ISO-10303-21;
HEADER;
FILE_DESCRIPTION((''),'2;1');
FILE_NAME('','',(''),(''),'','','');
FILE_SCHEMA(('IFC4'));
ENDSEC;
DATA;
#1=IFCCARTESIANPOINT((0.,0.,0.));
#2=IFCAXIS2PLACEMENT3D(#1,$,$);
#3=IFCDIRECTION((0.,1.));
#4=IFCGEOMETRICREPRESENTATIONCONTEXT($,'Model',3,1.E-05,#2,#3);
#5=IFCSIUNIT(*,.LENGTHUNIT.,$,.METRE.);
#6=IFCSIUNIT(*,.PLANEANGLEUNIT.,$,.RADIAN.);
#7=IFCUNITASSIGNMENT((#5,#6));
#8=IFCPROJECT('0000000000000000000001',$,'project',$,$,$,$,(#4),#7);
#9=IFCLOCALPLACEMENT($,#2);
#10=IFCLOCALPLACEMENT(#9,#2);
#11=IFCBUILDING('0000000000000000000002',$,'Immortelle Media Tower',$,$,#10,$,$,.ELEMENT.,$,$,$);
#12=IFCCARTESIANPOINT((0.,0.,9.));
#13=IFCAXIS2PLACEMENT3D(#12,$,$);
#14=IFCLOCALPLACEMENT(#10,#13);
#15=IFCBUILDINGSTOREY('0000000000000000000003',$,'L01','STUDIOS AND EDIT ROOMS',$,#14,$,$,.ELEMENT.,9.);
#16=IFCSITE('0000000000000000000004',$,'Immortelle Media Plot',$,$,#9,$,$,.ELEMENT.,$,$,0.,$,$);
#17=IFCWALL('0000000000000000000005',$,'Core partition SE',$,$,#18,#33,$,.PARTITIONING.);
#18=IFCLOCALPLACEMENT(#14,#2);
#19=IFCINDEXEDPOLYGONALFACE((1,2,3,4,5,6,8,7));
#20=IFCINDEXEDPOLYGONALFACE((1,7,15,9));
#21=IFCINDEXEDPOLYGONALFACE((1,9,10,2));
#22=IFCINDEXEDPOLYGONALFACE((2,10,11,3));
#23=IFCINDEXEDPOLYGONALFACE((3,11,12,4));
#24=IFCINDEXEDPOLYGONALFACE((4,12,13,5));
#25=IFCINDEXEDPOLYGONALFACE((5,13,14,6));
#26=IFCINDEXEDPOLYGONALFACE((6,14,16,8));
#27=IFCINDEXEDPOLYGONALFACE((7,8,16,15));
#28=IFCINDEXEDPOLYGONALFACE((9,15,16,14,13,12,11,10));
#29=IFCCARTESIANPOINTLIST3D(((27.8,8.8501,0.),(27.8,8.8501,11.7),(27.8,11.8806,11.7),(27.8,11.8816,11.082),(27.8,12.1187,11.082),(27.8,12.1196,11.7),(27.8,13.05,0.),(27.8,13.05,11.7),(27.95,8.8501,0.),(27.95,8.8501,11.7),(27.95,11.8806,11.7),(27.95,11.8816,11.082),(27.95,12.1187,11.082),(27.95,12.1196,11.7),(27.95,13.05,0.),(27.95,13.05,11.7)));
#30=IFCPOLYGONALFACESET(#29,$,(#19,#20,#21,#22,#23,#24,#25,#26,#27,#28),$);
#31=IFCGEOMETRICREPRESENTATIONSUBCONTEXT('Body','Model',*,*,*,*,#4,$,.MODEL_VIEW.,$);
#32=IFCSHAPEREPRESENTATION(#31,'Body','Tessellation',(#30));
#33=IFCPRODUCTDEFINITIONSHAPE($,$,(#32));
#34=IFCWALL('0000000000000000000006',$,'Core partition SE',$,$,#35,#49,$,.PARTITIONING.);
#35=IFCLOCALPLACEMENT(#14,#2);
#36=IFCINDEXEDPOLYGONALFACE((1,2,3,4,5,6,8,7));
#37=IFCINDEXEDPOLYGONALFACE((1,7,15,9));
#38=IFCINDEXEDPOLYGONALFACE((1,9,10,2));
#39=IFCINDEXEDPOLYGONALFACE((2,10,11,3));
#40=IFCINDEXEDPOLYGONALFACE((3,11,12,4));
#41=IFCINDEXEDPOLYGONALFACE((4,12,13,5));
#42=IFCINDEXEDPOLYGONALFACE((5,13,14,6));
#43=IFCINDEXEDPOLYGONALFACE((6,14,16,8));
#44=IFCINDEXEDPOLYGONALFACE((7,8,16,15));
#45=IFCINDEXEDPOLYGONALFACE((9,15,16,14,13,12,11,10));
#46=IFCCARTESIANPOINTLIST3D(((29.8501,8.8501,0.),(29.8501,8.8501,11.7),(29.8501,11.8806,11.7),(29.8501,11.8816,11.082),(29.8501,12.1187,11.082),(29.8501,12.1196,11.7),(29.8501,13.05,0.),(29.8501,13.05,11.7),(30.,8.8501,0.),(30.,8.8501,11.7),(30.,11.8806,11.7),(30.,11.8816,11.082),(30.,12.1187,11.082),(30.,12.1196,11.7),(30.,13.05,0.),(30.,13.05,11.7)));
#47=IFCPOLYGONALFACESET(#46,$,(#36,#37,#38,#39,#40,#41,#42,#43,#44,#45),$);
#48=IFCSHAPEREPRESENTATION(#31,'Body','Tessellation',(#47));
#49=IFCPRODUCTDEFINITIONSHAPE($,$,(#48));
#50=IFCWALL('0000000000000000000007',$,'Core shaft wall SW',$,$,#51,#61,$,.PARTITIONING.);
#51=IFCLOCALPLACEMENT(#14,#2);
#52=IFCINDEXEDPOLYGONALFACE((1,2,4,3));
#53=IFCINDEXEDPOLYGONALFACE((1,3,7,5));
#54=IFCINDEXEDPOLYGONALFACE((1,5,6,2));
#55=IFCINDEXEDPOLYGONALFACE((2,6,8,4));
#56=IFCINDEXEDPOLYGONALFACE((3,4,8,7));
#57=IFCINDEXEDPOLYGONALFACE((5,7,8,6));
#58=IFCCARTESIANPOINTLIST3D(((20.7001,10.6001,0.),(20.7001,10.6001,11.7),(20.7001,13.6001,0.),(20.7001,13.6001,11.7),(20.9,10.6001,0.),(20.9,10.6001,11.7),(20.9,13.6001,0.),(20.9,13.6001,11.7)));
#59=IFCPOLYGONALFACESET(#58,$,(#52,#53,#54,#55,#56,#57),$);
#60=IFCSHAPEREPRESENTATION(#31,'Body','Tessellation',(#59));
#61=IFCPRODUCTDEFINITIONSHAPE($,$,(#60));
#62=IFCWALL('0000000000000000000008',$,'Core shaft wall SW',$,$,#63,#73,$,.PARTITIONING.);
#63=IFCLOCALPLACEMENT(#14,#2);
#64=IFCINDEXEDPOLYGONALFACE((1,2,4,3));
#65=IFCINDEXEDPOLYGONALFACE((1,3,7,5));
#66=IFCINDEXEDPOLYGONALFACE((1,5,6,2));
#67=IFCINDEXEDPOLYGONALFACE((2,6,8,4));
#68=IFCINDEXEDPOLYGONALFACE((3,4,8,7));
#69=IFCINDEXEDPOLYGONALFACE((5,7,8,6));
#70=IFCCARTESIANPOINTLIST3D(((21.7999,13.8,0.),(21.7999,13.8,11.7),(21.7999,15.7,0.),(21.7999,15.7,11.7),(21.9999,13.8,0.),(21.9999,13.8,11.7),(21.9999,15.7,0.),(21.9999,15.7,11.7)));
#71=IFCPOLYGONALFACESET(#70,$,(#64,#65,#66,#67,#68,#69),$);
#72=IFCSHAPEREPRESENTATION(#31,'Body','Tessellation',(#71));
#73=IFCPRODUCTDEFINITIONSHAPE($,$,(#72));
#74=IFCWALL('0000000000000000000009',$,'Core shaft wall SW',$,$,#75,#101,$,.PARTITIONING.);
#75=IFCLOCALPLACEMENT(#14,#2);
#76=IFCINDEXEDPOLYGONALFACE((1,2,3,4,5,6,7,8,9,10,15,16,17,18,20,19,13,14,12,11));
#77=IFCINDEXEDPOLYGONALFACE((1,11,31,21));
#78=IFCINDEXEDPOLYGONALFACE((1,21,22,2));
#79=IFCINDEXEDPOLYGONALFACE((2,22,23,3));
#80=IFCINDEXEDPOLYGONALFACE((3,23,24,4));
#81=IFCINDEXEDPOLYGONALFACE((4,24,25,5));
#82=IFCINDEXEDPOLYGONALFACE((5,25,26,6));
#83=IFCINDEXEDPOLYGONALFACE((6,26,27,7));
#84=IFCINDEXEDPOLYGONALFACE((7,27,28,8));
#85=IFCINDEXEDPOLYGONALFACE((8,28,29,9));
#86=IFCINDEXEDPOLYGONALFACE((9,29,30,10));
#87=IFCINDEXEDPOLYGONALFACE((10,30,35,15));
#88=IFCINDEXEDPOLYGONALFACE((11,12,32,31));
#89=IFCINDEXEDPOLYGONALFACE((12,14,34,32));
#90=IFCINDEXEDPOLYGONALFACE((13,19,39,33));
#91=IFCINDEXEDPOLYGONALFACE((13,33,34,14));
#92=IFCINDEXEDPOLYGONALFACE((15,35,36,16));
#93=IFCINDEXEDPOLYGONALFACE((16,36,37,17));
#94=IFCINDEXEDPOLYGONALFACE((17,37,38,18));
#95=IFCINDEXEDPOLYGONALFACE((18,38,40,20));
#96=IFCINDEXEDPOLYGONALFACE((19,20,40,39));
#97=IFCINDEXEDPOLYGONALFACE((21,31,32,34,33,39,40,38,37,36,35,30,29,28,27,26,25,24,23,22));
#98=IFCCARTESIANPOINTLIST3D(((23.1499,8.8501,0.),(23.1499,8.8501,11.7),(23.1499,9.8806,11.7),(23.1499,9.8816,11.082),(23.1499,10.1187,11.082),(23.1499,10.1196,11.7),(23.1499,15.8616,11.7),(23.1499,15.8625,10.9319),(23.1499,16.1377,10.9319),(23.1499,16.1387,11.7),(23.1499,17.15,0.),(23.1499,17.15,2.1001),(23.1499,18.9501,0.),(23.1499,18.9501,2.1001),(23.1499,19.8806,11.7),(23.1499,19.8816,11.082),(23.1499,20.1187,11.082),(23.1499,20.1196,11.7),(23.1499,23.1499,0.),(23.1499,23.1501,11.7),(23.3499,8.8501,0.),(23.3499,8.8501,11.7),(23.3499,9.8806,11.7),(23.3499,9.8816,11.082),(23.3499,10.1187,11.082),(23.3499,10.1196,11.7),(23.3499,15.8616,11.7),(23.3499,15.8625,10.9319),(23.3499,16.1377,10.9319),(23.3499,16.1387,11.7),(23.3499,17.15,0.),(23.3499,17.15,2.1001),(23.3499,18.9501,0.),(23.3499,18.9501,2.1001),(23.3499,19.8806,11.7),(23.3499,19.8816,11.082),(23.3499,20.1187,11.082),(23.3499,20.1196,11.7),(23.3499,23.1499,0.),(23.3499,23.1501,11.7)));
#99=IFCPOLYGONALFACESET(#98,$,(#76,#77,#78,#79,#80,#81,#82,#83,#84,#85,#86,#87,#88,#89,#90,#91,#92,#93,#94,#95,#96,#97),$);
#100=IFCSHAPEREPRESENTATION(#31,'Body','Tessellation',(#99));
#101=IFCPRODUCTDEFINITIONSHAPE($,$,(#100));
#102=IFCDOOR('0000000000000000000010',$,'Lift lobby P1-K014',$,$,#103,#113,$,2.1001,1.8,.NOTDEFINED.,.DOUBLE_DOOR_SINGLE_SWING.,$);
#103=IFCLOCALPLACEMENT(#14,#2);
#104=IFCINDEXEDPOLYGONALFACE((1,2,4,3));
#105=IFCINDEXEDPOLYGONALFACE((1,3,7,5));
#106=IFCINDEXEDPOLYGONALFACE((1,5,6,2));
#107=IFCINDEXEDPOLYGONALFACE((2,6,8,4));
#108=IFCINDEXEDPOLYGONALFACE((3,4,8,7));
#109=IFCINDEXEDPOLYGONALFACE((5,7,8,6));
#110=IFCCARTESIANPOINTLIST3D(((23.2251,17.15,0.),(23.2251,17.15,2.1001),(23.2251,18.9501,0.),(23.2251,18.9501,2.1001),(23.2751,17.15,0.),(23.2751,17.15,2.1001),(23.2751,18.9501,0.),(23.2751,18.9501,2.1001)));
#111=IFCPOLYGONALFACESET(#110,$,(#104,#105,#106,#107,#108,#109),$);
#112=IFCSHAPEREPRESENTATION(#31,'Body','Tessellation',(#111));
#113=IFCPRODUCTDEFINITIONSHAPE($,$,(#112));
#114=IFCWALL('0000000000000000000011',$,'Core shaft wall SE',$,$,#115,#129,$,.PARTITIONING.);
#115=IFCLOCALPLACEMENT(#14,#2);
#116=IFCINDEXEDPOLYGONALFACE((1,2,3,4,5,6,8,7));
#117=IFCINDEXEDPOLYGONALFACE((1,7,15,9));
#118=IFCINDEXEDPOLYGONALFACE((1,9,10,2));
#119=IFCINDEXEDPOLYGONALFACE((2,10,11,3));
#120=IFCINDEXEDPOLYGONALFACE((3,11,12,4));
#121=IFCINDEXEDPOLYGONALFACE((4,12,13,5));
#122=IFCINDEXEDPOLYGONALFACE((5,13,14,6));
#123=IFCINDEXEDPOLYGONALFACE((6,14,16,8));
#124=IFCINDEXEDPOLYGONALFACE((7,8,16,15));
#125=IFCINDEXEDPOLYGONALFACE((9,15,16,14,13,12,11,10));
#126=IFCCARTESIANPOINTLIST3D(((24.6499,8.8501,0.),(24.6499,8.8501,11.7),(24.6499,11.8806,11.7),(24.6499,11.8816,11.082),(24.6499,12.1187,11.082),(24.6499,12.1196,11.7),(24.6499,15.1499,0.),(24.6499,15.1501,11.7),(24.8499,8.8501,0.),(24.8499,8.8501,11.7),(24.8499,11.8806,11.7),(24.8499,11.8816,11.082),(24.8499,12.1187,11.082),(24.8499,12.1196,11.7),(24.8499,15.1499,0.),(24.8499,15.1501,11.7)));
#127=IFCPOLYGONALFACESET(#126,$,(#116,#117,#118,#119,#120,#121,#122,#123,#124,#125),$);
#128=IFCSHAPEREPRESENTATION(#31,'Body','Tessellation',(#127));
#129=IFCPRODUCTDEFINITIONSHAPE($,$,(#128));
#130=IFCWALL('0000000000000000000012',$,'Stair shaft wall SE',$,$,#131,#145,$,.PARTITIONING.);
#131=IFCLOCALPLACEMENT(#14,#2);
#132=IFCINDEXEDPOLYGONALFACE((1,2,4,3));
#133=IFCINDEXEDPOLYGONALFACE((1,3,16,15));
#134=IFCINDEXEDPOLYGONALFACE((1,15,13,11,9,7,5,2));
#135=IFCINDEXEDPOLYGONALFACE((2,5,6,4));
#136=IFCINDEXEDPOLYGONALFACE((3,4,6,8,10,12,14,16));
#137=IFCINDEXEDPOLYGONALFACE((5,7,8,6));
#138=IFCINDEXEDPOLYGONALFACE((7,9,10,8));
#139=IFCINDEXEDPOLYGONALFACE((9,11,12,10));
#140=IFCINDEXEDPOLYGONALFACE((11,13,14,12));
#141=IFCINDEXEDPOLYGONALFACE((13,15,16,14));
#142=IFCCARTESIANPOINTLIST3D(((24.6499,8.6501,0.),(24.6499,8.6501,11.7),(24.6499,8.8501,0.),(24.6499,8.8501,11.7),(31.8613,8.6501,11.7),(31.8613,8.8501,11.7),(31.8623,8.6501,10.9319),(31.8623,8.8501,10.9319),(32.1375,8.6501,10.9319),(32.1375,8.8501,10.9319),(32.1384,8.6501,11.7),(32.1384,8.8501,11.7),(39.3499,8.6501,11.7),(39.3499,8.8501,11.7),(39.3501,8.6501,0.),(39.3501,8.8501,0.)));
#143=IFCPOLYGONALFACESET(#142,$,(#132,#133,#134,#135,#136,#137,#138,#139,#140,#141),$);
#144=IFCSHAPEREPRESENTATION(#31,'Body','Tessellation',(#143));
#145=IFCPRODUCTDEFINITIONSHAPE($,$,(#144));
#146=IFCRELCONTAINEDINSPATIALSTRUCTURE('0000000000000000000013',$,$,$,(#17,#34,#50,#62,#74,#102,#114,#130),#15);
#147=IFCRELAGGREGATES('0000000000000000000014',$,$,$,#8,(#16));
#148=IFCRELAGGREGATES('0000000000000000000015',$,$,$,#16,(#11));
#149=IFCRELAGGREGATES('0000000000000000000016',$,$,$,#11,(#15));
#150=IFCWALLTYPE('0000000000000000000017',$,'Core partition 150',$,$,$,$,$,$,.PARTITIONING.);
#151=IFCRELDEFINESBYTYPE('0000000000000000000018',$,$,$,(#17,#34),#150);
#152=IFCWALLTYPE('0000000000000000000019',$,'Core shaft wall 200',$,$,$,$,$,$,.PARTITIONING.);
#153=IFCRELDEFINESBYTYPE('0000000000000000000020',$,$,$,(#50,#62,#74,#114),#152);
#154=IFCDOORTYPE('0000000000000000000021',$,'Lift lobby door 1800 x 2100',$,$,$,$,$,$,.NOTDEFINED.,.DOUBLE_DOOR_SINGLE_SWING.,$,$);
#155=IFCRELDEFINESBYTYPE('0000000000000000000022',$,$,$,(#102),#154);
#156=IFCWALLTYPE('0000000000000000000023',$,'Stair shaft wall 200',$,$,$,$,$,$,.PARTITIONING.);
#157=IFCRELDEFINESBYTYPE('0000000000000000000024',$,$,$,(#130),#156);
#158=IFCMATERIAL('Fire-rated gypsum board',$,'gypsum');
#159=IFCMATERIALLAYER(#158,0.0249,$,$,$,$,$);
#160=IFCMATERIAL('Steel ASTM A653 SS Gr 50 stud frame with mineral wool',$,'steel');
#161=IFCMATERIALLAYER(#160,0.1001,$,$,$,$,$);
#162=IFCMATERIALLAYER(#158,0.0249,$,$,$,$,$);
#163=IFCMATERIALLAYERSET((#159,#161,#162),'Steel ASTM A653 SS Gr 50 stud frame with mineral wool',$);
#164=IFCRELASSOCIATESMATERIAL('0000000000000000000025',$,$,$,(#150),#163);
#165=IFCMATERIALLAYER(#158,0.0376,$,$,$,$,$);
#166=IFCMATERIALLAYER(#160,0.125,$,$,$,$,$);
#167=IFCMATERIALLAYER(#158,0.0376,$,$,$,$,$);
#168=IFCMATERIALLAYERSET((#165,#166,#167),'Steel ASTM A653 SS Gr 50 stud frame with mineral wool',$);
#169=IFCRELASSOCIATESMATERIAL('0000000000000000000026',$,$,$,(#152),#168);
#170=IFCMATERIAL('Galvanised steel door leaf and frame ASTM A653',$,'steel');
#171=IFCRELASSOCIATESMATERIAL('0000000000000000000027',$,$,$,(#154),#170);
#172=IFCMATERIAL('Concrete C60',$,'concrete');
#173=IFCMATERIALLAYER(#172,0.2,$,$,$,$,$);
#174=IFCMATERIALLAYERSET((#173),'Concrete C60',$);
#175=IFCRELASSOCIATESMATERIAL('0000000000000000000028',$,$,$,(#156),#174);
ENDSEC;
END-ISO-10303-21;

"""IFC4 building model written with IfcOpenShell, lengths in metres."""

from ifc_helpers import new_model, si_unit, direction, frame, frame_2d, origin, place, context, subcontext, project, spatial, polyline, rectangle, outline, extrude, material, layer, layer_set, type_object, element, fill, save


model = new_model("IFC4")

# Units and contexts
model_context = context("Model", 3, precision=1e-05, world=origin(), true_north=direction((0.0, 1.0)))
body_context = subcontext(model_context, "Body", "Model", "MODEL_VIEW")
ifc_project = project(units=[si_unit("LENGTHUNIT", "METRE"), si_unit("PLANEANGLEUNIT", "RADIAN")], contexts=[model_context])

# Site, building, storey
site_placement = place(None, origin())
site = spatial("IfcSite", under=ifc_project, at=site_placement, Name="Immortelle Media Plot", CompositionType="ELEMENT", RefElevation=0.0)
building_placement = place(site_placement, origin())
building = spatial("IfcBuilding", under=site, at=building_placement, Name="Immortelle Media Tower", CompositionType="ELEMENT")
storey_placement = place(building_placement, frame((0.0, 0.0, 9.0)))
storey = spatial("IfcBuildingStorey", under=building, at=storey_placement, Name="L01", Description="STUDIOS AND EDIT ROOMS", CompositionType="ELEMENT", Elevation=9.0)

# Shared definitions
ifc_material_1 = material(Name="Fire-rated gypsum board", Category="gypsum")
ifc_layer_1 = layer(ifc_material_1, 0.0249)
ifc_material_2 = material(Name="Steel ASTM A653 SS Gr 50 stud frame with mineral wool", Category="steel")
ifc_layer_2 = layer(ifc_material_2, 0.1001)
ifc_layer_3 = layer(ifc_material_1, 0.0249)
ifc_layer_set_1 = layer_set([ifc_layer_1, ifc_layer_2, ifc_layer_3], Name="Steel ASTM A653 SS Gr 50 stud frame with mineral wool")
wall_type_1 = type_object("IfcWallType", Name="Core partition 150", PredefinedType="PARTITIONING", material=ifc_layer_set_1)
ifc_material_3 = material(Name="Galvanised steel door leaf and frame ASTM A653", Category="steel")

# Walls
for number, where, z_axis, x_axis, name in (
    (1, (27.875, 8.8501, 0.0), (0.0, 0.0, 1.0), (0.0, 1.0, 0.0), "Core partition SE"),
    (2, (29.925, 8.8501, 0.0), (0.0, 0.0, 1.0), (0.0, 1.0, 0.0), "Core partition SE"),
):
    element("IfcWall", number, at=place(storey_placement, frame(where, z_axis=z_axis, x_axis=x_axis)), inside=storey, type_object=wall_type_1, Name=name, PredefinedType="PARTITIONING", context=body_context, shape_type="SweptSolid", body=[
        extrude(outline(polyline([(0.0, 0.0), (4.2, 0.0), (4.2, 11.7), (3.2695, 11.7), (3.2686, 11.082), (3.0315, 11.082), (3.0305, 11.7), (0.0, 11.7), (0.0, 0.0)])), frame((0.0, 0.075, 0.0), z_axis=(0.0, -1.0, 0.0), x_axis=(1.0, 0.0, 0.0)), (0.0, 0.0, 1.0), 0.1499),
    ])
ifc_layer_4 = layer(ifc_material_1, 0.0376)
ifc_layer_5 = layer(ifc_material_2, 0.125)
ifc_layer_6 = layer(ifc_material_1, 0.0376)
ifc_layer_set_2 = layer_set([ifc_layer_4, ifc_layer_5, ifc_layer_6], Name="Steel ASTM A653 SS Gr 50 stud frame with mineral wool")
wall_type_2 = type_object("IfcWallType", Name="Core shaft wall 200", PredefinedType="PARTITIONING", material=ifc_layer_set_2)
wall_1_placement = place(storey_placement, frame((20.8, 10.6001, 0.0), z_axis=(0.0, 0.0, 1.0), x_axis=(0.0, 1.0, 0.0)))
element("IfcWall", 3, at=wall_1_placement, inside=storey, type_object=wall_type_2, Name="Core shaft wall SW", PredefinedType="PARTITIONING", context=body_context, shape_type="SweptSolid", body=[
    extrude(rectangle(XDim=3.0, YDim=0.2, at=frame_2d((1.5, 0.0))), origin(), (0.0, 0.0, 1.0), 11.7),
])
wall_2_placement = place(storey_placement, frame((21.8999, 13.8, 0.0), z_axis=(0.0, 0.0, 1.0), x_axis=(0.0, 1.0, 0.0)))
element("IfcWall", 4, at=wall_2_placement, inside=storey, type_object=wall_type_2, Name="Core shaft wall SW", PredefinedType="PARTITIONING", context=body_context, shape_type="SweptSolid", body=[
    extrude(rectangle(XDim=1.8999, YDim=0.2, at=frame_2d((0.95, 0.0))), origin(), (0.0, 0.0, 1.0), 11.7),
])

# Wall, opening, door
wall_3_placement = place(storey_placement, frame((23.25, 8.8501, 0.0), z_axis=(0.0, 0.0, 1.0), x_axis=(0.0, 1.0, 0.0)))
wall_3 = element("IfcWall", 5, at=wall_3_placement, inside=storey, type_object=wall_type_2, Name="Core shaft wall SW", PredefinedType="PARTITIONING", context=body_context, shape_type="SweptSolid", body=[
    extrude(outline(polyline([(0.0, 0.0), (14.2998, 0.0), (14.3, 11.7), (11.2695, 11.7), (11.2686, 11.082), (11.0315, 11.082), (11.0305, 11.7), (7.2886, 11.7), (7.2876, 10.9319), (7.0125, 10.9319), (7.0115, 11.7), (1.2695, 11.7), (1.2686, 11.082), (1.0315, 11.082), (1.0305, 11.7), (0.0, 11.7), (0.0, 0.0)])), frame((0.0, 0.1001, 0.0), z_axis=(0.0, -1.0, 0.0), x_axis=(1.0, 0.0, 0.0)), (0.0, 0.0, 1.0), 0.2),
])
opening_1_placement = place(wall_3_placement, frame((8.3, 0.0, 0.0)))
opening_1 = element("IfcOpeningElement", 6, at=opening_1_placement, cuts=wall_3, PredefinedType="OPENING", context=body_context, shape_type="SweptSolid", body=[
    extrude(rectangle(XDim=1.8, YDim=2.1001, at=frame_2d((0.8999, 1.05))), frame((0.0, 0.1099, 0.0), z_axis=(0.0, -1.0, 0.0), x_axis=(1.0, 0.0, 0.0)), (0.0, 0.0, 1.0), 0.22),
])
door_type_1 = type_object("IfcDoorType", Name="Lift lobby door 1800 x 2100", OperationType="DOUBLE_DOOR_SINGLE_SWING", PredefinedType="NOTDEFINED", material=ifc_material_3)
door_1_placement = place(opening_1_placement, origin())
door_1 = element("IfcDoor", 7, at=door_1_placement, inside=storey, type_object=door_type_1, Name="Lift lobby P1-K014", OperationType="DOUBLE_DOOR_SINGLE_SWING", OverallHeight=2.1001, OverallWidth=1.8, PredefinedType="NOTDEFINED", context=body_context, shape_type="SweptSolid", body=[
    extrude(rectangle(XDim=1.8, YDim=2.1001, at=frame_2d((0.8999, 1.05))), frame((0.0, 0.0249, 0.0), z_axis=(0.0, -1.0, 0.0), x_axis=(1.0, 0.0, 0.0)), (0.0, 0.0, 1.0), 0.05),
])
fill(opening_1, door_1)

# Walls
wall_4_placement = place(storey_placement, frame((24.75, 8.8501, 0.0), z_axis=(0.0, 0.0, 1.0), x_axis=(0.0, 1.0, 0.0)))
element("IfcWall", 8, at=wall_4_placement, inside=storey, type_object=wall_type_2, Name="Core shaft wall SE", PredefinedType="PARTITIONING", context=body_context, shape_type="SweptSolid", body=[
    extrude(outline(polyline([(0.0, 0.0), (6.2998, 0.0), (6.3, 11.7), (3.2695, 11.7), (3.2686, 11.082), (3.0315, 11.082), (3.0305, 11.7), (0.0, 11.7), (0.0, 0.0)])), frame((0.0, 0.1001, 0.0), z_axis=(0.0, -1.0, 0.0), x_axis=(1.0, 0.0, 0.0)), (0.0, 0.0, 1.0), 0.2),
])
ifc_material_4 = material(Name="Concrete C60", Category="concrete")
ifc_layer_7 = layer(ifc_material_4, 0.2)
ifc_layer_set_3 = layer_set([ifc_layer_7], Name="Concrete C60")
wall_type_3 = type_object("IfcWallType", Name="Stair shaft wall 200", PredefinedType="PARTITIONING", material=ifc_layer_set_3)
wall_5_placement = place(storey_placement, frame((24.6499, 8.75, 0.0), z_axis=(0.0, 0.0, 1.0), x_axis=(1.0, 0.0, 0.0)))
element("IfcWall", 9, at=wall_5_placement, inside=storey, type_object=wall_type_3, Name="Stair shaft wall SE", PredefinedType="PARTITIONING", context=body_context, shape_type="SweptSolid", body=[
    extrude(outline(polyline([(0.0, 0.0), (14.7002, 0.0), (14.7, 11.7), (7.4885, 11.7), (7.4875, 10.9319), (7.2124, 10.9319), (7.2114, 11.7), (0.0, 11.7), (0.0, 0.0)])), frame((0.0, 0.1001, 0.0), z_axis=(0.0, -1.0, 0.0), x_axis=(1.0, 0.0, 0.0)), (0.0, 0.0, 1.0), 0.2),
])

save(model, "model.ifc")
